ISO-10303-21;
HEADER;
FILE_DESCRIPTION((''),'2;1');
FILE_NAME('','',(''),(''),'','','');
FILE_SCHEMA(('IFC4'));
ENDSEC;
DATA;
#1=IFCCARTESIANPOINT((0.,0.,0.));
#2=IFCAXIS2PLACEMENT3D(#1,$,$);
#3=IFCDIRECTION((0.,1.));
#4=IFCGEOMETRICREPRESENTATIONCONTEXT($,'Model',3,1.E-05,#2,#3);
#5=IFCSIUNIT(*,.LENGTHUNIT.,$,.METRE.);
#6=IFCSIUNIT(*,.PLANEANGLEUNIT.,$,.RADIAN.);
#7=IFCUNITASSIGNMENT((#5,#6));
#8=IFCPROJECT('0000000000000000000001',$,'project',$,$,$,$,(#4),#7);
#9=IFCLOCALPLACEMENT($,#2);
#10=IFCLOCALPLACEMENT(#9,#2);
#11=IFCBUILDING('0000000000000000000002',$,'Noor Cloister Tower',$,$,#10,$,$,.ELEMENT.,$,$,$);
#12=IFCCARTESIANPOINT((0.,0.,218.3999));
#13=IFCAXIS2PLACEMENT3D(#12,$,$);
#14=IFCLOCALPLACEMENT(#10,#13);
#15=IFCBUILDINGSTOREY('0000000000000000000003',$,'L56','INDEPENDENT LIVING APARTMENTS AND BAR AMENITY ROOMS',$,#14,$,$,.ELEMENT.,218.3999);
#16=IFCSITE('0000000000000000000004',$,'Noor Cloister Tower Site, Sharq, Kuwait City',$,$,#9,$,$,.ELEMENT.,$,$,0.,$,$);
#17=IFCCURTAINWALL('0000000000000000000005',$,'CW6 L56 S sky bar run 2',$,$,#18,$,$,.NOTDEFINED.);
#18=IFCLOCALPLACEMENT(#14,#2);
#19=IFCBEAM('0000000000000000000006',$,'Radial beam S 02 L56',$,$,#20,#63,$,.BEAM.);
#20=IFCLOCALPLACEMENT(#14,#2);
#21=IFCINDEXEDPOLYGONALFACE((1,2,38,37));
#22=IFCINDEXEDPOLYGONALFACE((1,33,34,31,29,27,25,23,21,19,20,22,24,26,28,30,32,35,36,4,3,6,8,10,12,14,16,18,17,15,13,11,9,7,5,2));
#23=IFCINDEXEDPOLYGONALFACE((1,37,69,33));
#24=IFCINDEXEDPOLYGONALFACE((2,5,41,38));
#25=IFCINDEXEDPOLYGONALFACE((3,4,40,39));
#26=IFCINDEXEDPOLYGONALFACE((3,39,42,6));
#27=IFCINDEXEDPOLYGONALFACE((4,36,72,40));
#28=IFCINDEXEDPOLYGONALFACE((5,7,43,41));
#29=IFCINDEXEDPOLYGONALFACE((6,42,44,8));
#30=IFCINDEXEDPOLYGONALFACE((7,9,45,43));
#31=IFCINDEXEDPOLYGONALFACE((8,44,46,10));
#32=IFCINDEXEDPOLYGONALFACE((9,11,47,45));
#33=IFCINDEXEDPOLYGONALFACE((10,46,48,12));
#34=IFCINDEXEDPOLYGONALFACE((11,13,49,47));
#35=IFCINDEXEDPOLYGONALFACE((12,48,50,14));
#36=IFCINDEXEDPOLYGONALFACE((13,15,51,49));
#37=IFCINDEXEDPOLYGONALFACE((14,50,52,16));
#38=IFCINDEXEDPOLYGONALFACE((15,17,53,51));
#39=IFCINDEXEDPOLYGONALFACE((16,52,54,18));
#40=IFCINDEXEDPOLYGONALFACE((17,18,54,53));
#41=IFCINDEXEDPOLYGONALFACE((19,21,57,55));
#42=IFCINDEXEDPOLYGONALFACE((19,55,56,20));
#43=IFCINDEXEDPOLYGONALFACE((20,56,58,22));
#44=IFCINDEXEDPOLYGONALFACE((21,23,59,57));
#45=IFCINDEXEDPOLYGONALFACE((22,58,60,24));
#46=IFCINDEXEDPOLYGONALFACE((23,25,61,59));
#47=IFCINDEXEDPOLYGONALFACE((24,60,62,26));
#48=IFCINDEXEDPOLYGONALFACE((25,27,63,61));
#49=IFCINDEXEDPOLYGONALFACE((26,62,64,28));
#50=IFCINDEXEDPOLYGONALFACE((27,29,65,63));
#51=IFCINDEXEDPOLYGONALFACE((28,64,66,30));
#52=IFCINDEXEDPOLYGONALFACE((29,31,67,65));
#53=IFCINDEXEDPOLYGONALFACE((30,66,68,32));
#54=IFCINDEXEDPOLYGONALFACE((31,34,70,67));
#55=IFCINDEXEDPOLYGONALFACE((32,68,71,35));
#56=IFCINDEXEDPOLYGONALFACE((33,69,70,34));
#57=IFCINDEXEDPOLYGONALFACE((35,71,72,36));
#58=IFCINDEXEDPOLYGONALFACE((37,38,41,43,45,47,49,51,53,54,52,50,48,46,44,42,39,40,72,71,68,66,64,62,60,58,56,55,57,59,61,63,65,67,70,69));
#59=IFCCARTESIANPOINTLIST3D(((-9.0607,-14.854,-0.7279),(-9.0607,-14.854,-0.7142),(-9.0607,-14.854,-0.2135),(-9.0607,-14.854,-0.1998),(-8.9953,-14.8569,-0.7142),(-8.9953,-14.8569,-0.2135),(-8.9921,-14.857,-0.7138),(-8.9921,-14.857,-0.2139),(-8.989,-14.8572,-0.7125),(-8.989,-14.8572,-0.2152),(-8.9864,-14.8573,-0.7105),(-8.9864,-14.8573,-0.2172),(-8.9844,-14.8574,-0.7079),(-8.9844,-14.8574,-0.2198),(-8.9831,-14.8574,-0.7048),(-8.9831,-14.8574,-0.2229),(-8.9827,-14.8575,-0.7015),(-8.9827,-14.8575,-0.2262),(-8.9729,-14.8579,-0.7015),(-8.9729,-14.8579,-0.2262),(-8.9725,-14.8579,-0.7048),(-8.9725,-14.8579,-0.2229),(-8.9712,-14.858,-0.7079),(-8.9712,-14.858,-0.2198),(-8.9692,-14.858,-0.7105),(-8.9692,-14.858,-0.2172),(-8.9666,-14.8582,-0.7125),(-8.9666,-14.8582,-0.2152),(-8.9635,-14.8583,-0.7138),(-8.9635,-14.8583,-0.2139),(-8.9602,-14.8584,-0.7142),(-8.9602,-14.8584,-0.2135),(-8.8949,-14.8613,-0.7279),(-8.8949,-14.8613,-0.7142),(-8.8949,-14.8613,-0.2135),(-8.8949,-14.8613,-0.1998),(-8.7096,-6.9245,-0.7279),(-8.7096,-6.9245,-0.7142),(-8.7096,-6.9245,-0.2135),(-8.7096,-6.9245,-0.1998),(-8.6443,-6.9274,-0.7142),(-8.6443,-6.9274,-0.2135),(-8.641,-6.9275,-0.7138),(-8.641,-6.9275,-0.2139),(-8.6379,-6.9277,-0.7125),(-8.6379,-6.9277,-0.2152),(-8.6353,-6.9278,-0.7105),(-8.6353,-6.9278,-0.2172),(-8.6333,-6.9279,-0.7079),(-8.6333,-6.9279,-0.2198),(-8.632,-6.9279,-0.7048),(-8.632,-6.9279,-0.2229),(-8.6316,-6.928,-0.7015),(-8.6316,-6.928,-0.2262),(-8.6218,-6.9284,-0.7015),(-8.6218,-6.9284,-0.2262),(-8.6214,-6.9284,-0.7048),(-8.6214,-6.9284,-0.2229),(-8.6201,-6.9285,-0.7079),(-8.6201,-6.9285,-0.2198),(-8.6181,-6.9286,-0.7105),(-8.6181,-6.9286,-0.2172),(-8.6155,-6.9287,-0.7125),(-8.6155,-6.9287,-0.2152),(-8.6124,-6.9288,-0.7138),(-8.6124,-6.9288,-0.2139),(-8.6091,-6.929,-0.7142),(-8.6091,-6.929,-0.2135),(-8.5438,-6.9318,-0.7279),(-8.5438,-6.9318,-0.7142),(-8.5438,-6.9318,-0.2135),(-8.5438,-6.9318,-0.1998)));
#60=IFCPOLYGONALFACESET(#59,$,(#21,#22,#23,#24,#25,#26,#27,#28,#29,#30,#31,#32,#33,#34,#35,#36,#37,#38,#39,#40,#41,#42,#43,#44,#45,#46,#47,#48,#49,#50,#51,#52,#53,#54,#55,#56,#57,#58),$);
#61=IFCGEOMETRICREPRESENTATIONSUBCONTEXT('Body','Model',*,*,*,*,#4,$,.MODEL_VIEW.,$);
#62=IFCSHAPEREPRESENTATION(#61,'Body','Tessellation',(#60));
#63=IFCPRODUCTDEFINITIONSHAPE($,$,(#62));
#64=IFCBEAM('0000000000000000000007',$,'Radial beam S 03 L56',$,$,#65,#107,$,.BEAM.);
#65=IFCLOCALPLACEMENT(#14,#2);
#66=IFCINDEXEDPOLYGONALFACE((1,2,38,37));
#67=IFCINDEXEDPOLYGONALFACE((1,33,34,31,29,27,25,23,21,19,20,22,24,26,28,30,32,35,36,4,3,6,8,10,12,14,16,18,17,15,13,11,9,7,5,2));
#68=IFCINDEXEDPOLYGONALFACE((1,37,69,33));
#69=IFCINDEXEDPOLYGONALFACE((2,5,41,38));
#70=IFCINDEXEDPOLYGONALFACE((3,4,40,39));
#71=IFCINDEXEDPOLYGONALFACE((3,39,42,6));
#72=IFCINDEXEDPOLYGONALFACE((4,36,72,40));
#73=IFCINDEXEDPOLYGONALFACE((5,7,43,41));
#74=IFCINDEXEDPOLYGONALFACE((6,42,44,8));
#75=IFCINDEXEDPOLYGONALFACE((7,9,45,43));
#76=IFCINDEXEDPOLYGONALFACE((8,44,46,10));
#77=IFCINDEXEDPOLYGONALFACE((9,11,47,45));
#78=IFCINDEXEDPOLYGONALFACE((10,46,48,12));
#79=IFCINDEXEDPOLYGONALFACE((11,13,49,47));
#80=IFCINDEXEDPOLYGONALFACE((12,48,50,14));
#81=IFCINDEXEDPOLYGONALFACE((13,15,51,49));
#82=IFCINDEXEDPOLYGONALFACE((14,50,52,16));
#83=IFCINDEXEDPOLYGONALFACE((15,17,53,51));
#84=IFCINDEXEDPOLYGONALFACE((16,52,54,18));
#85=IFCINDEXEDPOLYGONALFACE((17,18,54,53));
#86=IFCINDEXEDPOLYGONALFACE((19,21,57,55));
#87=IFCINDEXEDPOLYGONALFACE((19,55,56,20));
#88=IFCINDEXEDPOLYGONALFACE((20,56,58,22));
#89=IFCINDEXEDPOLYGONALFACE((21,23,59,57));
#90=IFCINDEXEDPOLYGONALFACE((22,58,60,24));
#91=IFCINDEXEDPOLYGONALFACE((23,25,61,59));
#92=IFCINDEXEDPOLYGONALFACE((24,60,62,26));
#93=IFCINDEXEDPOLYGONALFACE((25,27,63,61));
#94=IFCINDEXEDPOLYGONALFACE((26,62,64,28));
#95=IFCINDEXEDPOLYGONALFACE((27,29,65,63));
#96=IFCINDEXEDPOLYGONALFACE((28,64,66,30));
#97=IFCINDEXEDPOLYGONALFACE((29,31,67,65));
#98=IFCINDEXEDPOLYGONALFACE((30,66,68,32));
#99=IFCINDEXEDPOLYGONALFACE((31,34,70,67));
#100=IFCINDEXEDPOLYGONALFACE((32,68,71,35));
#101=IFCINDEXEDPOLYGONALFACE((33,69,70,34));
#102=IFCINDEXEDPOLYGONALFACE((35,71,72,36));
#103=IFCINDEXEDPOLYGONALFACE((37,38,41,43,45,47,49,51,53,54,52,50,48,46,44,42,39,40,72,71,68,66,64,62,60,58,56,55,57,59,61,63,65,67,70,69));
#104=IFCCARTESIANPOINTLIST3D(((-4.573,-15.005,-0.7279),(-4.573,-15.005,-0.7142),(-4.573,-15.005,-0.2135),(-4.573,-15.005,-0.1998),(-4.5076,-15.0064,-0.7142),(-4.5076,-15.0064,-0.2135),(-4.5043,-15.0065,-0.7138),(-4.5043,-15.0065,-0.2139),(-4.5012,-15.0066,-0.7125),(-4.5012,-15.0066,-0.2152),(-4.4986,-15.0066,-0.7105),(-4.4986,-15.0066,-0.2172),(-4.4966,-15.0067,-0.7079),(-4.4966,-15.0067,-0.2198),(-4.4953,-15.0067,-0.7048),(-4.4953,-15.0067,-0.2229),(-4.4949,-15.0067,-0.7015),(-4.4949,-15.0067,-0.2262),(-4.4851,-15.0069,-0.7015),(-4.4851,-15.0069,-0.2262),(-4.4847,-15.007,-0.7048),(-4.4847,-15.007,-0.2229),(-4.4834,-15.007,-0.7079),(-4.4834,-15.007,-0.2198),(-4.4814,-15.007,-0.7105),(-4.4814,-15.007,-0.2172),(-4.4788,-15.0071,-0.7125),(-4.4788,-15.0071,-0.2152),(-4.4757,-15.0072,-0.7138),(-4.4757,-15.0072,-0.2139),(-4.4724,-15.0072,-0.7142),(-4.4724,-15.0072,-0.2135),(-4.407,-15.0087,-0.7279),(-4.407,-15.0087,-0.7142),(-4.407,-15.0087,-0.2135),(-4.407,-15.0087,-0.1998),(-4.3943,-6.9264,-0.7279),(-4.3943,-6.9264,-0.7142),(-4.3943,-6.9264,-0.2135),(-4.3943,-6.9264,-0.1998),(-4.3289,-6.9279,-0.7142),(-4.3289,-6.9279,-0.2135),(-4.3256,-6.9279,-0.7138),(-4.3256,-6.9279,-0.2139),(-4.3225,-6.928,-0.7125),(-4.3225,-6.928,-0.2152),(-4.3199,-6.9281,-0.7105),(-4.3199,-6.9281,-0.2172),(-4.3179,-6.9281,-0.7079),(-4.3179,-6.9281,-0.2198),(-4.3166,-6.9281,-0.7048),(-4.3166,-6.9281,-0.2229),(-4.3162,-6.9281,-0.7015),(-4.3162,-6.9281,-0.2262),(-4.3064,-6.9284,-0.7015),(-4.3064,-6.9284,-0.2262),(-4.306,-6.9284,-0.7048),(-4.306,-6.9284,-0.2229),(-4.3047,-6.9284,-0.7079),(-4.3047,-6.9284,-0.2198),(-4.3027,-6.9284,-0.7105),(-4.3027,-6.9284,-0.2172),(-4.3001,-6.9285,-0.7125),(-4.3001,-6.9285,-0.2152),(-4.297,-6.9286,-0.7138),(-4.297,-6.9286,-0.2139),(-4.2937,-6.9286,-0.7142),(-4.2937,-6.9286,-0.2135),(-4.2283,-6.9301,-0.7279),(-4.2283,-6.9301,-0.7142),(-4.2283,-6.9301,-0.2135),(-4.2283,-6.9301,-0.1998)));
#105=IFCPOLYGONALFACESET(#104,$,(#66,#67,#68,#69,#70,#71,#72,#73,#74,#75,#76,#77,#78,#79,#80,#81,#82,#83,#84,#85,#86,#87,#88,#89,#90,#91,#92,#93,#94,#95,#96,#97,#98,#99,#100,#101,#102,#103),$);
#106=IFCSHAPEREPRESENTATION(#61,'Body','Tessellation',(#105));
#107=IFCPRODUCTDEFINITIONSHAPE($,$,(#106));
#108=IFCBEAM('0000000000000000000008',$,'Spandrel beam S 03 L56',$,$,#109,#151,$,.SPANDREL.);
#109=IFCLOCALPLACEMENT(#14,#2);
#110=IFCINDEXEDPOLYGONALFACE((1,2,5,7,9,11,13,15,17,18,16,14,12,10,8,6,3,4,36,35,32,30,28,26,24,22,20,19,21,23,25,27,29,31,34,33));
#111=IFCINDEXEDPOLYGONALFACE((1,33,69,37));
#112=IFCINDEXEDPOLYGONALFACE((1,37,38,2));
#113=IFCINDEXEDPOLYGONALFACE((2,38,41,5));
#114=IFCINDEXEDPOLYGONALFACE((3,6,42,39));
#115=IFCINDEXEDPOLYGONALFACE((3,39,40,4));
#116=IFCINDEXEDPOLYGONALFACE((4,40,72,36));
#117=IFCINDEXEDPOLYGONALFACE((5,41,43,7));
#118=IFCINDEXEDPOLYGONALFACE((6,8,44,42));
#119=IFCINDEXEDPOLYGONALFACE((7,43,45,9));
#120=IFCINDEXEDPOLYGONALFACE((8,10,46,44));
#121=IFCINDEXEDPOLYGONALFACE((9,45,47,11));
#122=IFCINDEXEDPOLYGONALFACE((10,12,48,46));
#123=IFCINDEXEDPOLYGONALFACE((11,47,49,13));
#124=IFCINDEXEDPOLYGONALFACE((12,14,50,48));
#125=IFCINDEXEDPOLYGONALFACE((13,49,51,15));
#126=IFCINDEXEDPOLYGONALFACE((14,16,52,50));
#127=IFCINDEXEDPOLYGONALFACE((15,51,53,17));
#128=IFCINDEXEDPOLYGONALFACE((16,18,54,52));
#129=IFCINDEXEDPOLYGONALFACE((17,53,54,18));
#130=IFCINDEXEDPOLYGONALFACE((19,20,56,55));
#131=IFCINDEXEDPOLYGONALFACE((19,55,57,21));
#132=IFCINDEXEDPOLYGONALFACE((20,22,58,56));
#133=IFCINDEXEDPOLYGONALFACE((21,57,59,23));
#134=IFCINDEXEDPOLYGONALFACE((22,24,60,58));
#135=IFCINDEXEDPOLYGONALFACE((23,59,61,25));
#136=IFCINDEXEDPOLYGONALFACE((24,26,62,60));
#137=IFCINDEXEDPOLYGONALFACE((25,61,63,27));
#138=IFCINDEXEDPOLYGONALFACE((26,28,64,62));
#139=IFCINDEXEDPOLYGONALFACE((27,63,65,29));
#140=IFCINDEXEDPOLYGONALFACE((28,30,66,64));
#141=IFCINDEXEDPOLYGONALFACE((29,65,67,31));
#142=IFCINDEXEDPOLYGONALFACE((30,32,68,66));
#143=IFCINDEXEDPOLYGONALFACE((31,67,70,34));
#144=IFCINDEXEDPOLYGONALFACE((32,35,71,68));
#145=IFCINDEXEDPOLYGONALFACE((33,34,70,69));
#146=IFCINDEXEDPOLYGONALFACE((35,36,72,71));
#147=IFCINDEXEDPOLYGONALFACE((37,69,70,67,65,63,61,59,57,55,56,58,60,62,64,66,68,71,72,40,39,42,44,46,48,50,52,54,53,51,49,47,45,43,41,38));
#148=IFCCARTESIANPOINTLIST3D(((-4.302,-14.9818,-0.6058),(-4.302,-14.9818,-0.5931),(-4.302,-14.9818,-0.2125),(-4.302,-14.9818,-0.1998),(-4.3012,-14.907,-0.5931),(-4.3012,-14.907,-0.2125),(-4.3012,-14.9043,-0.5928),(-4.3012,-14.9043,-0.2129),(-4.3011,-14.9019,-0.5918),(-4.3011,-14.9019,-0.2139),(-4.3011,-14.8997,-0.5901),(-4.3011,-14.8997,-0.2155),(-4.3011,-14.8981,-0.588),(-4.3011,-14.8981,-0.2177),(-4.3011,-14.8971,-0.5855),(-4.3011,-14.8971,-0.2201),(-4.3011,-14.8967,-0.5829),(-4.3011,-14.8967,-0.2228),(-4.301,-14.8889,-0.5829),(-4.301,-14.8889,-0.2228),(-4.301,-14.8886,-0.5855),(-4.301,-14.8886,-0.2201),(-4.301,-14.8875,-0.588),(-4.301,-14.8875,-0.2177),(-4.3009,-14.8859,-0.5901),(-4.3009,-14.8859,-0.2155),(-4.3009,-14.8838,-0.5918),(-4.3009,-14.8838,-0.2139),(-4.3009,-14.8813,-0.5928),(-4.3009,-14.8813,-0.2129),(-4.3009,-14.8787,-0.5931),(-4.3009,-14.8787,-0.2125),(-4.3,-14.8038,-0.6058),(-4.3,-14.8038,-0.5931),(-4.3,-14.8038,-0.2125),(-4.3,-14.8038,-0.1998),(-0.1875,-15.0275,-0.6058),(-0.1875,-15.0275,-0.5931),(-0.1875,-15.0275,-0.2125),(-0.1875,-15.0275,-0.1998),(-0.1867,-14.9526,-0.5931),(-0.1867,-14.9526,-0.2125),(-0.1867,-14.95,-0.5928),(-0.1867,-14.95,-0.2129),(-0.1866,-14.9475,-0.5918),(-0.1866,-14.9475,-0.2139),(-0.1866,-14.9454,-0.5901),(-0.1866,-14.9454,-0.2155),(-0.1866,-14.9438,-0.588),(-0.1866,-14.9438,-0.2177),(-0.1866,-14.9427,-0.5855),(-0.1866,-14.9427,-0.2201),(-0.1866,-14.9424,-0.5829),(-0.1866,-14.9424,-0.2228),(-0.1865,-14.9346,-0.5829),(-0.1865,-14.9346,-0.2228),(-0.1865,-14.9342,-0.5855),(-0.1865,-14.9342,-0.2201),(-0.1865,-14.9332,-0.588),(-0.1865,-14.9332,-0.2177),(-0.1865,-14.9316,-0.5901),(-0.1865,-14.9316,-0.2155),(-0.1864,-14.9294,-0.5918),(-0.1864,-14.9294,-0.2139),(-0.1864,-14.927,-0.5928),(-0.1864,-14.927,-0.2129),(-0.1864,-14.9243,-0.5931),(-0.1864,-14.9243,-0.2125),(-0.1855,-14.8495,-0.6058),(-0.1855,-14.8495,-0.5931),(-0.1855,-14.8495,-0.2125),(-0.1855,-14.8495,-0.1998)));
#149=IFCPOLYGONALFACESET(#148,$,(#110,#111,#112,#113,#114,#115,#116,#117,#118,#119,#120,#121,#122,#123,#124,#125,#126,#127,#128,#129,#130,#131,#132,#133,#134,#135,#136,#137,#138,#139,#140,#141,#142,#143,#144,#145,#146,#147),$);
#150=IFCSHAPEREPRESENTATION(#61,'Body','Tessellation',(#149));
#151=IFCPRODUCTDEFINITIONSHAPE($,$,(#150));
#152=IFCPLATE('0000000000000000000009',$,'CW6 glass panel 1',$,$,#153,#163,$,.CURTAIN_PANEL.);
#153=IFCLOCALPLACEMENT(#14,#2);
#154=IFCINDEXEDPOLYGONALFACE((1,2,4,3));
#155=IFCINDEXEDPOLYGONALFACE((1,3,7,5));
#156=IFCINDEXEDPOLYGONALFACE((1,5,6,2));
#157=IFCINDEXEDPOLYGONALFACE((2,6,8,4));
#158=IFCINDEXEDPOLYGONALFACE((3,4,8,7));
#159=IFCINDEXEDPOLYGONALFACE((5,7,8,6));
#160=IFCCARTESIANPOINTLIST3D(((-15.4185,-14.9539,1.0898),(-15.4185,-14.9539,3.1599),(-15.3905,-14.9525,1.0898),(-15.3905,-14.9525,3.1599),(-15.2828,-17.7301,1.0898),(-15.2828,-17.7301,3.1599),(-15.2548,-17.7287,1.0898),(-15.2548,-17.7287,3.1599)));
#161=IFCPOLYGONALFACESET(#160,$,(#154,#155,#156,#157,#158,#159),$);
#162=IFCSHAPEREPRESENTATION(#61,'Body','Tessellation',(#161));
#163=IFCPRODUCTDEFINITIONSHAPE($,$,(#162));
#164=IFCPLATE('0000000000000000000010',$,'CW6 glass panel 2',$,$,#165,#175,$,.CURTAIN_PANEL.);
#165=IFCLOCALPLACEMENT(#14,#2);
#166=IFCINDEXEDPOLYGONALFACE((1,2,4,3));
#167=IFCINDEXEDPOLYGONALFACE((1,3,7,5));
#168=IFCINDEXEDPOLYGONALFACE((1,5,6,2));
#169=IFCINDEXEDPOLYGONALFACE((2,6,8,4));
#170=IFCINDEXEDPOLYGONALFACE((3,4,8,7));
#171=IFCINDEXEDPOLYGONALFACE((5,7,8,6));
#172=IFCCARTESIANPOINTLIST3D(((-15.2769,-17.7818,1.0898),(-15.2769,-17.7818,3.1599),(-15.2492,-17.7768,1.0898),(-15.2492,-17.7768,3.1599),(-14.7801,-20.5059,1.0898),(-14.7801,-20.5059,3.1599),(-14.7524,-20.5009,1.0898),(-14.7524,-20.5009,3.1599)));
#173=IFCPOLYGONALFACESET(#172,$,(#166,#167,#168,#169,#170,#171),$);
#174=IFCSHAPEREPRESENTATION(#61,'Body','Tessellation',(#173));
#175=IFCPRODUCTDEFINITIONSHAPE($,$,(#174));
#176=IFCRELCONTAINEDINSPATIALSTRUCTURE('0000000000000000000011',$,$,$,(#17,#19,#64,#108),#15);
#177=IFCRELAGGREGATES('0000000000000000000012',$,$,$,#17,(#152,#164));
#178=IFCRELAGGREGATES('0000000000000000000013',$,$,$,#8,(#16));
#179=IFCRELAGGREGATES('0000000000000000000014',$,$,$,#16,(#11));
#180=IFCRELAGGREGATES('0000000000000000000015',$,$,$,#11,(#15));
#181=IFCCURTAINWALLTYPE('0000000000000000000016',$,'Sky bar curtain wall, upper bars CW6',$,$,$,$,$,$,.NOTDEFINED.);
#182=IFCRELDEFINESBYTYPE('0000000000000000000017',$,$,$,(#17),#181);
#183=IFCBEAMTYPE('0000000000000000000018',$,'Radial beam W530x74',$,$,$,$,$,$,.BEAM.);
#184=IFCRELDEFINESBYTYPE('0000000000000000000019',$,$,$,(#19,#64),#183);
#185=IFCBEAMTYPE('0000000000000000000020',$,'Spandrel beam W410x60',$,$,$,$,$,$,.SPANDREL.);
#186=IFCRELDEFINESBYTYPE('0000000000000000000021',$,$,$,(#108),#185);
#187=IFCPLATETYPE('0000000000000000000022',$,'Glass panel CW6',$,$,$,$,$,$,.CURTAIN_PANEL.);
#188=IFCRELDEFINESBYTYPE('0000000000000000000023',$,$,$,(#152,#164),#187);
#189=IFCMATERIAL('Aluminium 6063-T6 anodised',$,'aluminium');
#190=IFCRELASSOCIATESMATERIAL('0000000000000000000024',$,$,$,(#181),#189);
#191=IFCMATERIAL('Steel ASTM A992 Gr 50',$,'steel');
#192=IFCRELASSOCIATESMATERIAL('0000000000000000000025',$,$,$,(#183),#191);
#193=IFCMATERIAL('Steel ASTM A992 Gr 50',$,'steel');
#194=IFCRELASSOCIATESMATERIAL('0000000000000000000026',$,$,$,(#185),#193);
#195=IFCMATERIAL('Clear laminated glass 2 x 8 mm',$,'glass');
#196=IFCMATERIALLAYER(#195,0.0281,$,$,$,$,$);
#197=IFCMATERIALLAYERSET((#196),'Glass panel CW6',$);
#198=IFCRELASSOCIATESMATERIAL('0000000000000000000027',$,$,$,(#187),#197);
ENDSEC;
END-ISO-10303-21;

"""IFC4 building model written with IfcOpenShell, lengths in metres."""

from ifc_helpers import new_model, si_unit, direction, frame, origin, origin_2d, place, context, subcontext, project, spatial, rectangle, i_section, extrude, material, layer, layer_set, material_profile, profile_set, type_object, element, aggregate, save


model = new_model("IFC4")

# Units and contexts
model_context = context("Model", 3, precision=1e-05, world=origin(), true_north=direction((0.0, 1.0)))
body_context = subcontext(model_context, "Body", "Model", "MODEL_VIEW")
ifc_project = project(units=[si_unit("LENGTHUNIT", "METRE"), si_unit("PLANEANGLEUNIT", "RADIAN")], contexts=[model_context])

# Site, building, storey
site_placement = place(None, origin())
site = spatial("IfcSite", under=ifc_project, at=site_placement, Name="Noor Cloister Tower Site, Sharq, Kuwait City", CompositionType="ELEMENT", RefElevation=0.0)
building_placement = place(site_placement, origin())
building = spatial("IfcBuilding", under=site, at=building_placement, Name="Noor Cloister Tower", CompositionType="ELEMENT")
storey_placement = place(building_placement, frame((0.0, 0.0, 218.3999)))
storey = spatial("IfcBuildingStorey", under=building, at=storey_placement, Name="L56", Description="INDEPENDENT LIVING APARTMENTS AND BAR AMENITY ROOMS", CompositionType="ELEMENT", Elevation=218.3999)

# Curtain wall
ifc_material_1 = material(Name="Aluminium 6063-T6 anodised", Category="aluminium")
curtain_wall_type = type_object("IfcCurtainWallType", Name="Sky bar curtain wall, upper bars CW6", PredefinedType="NOTDEFINED", material=ifc_material_1)
curtain_wall_placement = place(storey_placement, origin())
curtain_wall = element("IfcCurtainWall", 1, at=curtain_wall_placement, inside=storey, type_object=curtain_wall_type, Name="CW6 L56 S sky bar run 2", PredefinedType="NOTDEFINED")

# Beams
ifc_material_2 = material(Name="Steel ASTM A992 Gr 50", Category="steel")
ifc_material_profile_1 = material_profile(ifc_material_2, i_section(OverallWidth=0.166, OverallDepth=0.5281, WebThickness=0.0098, FlangeThickness=0.0137, FilletRadius=0.0127, at=origin_2d()), Name="W530x74")
ifc_profile_set_1 = profile_set([ifc_material_profile_1], Name="Steel ASTM A992 Gr 50")
beam_type_1 = type_object("IfcBeamType", Name="Radial beam W530x74", PredefinedType="BEAM", material=ifc_profile_set_1)
beam_1_placement = place(storey_placement, frame((-8.9778, -14.8577, -0.4639), z_axis=(0.044231, 0.999021, 0.0), x_axis=(-0.999021, 0.044231, 0.0)))
element("IfcBeam", 2, at=beam_1_placement, inside=storey, type_object=beam_type_1, Name="Radial beam S 02 L56", PredefinedType="BEAM", context=body_context, shape_type="SweptSolid", body=[
    extrude(i_section(OverallWidth=0.166, OverallDepth=0.5281, WebThickness=0.0098, FlangeThickness=0.0137, FilletRadius=0.0127, at=origin_2d()), origin(), (0.0, 0.0, 1.0), 7.9373),
])
beam_2_placement = place(storey_placement, frame((-4.49, -15.0068, -0.4639), z_axis=(0.022116, 0.999755, 0.0), x_axis=(-0.999755, 0.022116, 0.0)))
element("IfcBeam", 3, at=beam_2_placement, inside=storey, type_object=beam_type_1, Name="Radial beam S 03 L56", PredefinedType="BEAM", context=body_context, shape_type="SweptSolid", body=[
    extrude(i_section(OverallWidth=0.166, OverallDepth=0.5281, WebThickness=0.0098, FlangeThickness=0.0137, FilletRadius=0.0127, at=origin_2d()), origin(), (0.0, 0.0, 1.0), 8.0806),
])
ifc_material_3 = material(Name="Steel ASTM A992 Gr 50", Category="steel")
ifc_material_profile_2 = material_profile(ifc_material_3, i_section(OverallWidth=0.178, OverallDepth=0.406, WebThickness=0.0078, FlangeThickness=0.0127, FilletRadius=0.0103, at=origin_2d()), Name="W410x60")
ifc_profile_set_2 = profile_set([ifc_material_profile_2], Name="Steel ASTM A992 Gr 50")
beam_type_2 = type_object("IfcBeamType", Name="Spandrel beam W410x60", PredefinedType="SPANDREL", material=ifc_profile_set_2)
beam_3_placement = place(storey_placement, frame((-4.301, -14.8928, -0.4028), z_axis=(0.999938, -0.011095, 0.0), x_axis=(0.011095, 0.999938, 0.0)))
element("IfcBeam", 4, at=beam_3_placement, inside=storey, type_object=beam_type_2, Name="Spandrel beam S 03 L56", PredefinedType="SPANDREL", context=body_context, shape_type="SweptSolid", body=[
    extrude(i_section(OverallWidth=0.178, OverallDepth=0.406, WebThickness=0.0078, FlangeThickness=0.0127, FilletRadius=0.0103, at=origin_2d()), origin(), (0.0, 0.0, 1.0), 4.1147),
])

# Plates
ifc_material_4 = material(Name="Clear laminated glass 2 x 8 mm", Category="glass")
ifc_layer_1 = layer(ifc_material_4, 0.0281)
ifc_layer_set_1 = layer_set([ifc_layer_1], Name="Glass panel CW6")
plate_type = type_object("IfcPlateType", Name="Glass panel CW6", PredefinedType="CURTAIN_PANEL", material=ifc_layer_set_1)
plate_1_placement = place(storey_placement, frame((-15.3367, -16.3413, 1.0898), z_axis=(0.0, 0.0, 1.0), x_axis=(0.048823, -0.998807, 0.0)))
plate_1 = element("IfcPlate", 5, at=plate_1_placement, type_object=plate_type, Name="CW6 glass panel 1", PredefinedType="CURTAIN_PANEL", context=body_context, shape_type="SweptSolid", body=[
    extrude(rectangle(XDim=2.7795, YDim=0.0281, at=origin_2d()), origin(), (0.0, 0.0, 1.0), 2.0701),
])
plate_2_placement = place(storey_placement, frame((-15.0146, -19.1414, 1.0898), z_axis=(0.0, 0.0, 1.0), x_axis=(0.17941, -0.983774, 0.0)))
plate_2 = element("IfcPlate", 6, at=plate_2_placement, type_object=plate_type, Name="CW6 glass panel 2", PredefinedType="CURTAIN_PANEL", context=body_context, shape_type="SweptSolid", body=[
    extrude(rectangle(XDim=2.769, YDim=0.0281, at=origin_2d()), origin(), (0.0, 0.0, 1.0), 2.0701),
])
aggregate(curtain_wall, [plate_1, plate_2])

save(model, "model.ifc")
